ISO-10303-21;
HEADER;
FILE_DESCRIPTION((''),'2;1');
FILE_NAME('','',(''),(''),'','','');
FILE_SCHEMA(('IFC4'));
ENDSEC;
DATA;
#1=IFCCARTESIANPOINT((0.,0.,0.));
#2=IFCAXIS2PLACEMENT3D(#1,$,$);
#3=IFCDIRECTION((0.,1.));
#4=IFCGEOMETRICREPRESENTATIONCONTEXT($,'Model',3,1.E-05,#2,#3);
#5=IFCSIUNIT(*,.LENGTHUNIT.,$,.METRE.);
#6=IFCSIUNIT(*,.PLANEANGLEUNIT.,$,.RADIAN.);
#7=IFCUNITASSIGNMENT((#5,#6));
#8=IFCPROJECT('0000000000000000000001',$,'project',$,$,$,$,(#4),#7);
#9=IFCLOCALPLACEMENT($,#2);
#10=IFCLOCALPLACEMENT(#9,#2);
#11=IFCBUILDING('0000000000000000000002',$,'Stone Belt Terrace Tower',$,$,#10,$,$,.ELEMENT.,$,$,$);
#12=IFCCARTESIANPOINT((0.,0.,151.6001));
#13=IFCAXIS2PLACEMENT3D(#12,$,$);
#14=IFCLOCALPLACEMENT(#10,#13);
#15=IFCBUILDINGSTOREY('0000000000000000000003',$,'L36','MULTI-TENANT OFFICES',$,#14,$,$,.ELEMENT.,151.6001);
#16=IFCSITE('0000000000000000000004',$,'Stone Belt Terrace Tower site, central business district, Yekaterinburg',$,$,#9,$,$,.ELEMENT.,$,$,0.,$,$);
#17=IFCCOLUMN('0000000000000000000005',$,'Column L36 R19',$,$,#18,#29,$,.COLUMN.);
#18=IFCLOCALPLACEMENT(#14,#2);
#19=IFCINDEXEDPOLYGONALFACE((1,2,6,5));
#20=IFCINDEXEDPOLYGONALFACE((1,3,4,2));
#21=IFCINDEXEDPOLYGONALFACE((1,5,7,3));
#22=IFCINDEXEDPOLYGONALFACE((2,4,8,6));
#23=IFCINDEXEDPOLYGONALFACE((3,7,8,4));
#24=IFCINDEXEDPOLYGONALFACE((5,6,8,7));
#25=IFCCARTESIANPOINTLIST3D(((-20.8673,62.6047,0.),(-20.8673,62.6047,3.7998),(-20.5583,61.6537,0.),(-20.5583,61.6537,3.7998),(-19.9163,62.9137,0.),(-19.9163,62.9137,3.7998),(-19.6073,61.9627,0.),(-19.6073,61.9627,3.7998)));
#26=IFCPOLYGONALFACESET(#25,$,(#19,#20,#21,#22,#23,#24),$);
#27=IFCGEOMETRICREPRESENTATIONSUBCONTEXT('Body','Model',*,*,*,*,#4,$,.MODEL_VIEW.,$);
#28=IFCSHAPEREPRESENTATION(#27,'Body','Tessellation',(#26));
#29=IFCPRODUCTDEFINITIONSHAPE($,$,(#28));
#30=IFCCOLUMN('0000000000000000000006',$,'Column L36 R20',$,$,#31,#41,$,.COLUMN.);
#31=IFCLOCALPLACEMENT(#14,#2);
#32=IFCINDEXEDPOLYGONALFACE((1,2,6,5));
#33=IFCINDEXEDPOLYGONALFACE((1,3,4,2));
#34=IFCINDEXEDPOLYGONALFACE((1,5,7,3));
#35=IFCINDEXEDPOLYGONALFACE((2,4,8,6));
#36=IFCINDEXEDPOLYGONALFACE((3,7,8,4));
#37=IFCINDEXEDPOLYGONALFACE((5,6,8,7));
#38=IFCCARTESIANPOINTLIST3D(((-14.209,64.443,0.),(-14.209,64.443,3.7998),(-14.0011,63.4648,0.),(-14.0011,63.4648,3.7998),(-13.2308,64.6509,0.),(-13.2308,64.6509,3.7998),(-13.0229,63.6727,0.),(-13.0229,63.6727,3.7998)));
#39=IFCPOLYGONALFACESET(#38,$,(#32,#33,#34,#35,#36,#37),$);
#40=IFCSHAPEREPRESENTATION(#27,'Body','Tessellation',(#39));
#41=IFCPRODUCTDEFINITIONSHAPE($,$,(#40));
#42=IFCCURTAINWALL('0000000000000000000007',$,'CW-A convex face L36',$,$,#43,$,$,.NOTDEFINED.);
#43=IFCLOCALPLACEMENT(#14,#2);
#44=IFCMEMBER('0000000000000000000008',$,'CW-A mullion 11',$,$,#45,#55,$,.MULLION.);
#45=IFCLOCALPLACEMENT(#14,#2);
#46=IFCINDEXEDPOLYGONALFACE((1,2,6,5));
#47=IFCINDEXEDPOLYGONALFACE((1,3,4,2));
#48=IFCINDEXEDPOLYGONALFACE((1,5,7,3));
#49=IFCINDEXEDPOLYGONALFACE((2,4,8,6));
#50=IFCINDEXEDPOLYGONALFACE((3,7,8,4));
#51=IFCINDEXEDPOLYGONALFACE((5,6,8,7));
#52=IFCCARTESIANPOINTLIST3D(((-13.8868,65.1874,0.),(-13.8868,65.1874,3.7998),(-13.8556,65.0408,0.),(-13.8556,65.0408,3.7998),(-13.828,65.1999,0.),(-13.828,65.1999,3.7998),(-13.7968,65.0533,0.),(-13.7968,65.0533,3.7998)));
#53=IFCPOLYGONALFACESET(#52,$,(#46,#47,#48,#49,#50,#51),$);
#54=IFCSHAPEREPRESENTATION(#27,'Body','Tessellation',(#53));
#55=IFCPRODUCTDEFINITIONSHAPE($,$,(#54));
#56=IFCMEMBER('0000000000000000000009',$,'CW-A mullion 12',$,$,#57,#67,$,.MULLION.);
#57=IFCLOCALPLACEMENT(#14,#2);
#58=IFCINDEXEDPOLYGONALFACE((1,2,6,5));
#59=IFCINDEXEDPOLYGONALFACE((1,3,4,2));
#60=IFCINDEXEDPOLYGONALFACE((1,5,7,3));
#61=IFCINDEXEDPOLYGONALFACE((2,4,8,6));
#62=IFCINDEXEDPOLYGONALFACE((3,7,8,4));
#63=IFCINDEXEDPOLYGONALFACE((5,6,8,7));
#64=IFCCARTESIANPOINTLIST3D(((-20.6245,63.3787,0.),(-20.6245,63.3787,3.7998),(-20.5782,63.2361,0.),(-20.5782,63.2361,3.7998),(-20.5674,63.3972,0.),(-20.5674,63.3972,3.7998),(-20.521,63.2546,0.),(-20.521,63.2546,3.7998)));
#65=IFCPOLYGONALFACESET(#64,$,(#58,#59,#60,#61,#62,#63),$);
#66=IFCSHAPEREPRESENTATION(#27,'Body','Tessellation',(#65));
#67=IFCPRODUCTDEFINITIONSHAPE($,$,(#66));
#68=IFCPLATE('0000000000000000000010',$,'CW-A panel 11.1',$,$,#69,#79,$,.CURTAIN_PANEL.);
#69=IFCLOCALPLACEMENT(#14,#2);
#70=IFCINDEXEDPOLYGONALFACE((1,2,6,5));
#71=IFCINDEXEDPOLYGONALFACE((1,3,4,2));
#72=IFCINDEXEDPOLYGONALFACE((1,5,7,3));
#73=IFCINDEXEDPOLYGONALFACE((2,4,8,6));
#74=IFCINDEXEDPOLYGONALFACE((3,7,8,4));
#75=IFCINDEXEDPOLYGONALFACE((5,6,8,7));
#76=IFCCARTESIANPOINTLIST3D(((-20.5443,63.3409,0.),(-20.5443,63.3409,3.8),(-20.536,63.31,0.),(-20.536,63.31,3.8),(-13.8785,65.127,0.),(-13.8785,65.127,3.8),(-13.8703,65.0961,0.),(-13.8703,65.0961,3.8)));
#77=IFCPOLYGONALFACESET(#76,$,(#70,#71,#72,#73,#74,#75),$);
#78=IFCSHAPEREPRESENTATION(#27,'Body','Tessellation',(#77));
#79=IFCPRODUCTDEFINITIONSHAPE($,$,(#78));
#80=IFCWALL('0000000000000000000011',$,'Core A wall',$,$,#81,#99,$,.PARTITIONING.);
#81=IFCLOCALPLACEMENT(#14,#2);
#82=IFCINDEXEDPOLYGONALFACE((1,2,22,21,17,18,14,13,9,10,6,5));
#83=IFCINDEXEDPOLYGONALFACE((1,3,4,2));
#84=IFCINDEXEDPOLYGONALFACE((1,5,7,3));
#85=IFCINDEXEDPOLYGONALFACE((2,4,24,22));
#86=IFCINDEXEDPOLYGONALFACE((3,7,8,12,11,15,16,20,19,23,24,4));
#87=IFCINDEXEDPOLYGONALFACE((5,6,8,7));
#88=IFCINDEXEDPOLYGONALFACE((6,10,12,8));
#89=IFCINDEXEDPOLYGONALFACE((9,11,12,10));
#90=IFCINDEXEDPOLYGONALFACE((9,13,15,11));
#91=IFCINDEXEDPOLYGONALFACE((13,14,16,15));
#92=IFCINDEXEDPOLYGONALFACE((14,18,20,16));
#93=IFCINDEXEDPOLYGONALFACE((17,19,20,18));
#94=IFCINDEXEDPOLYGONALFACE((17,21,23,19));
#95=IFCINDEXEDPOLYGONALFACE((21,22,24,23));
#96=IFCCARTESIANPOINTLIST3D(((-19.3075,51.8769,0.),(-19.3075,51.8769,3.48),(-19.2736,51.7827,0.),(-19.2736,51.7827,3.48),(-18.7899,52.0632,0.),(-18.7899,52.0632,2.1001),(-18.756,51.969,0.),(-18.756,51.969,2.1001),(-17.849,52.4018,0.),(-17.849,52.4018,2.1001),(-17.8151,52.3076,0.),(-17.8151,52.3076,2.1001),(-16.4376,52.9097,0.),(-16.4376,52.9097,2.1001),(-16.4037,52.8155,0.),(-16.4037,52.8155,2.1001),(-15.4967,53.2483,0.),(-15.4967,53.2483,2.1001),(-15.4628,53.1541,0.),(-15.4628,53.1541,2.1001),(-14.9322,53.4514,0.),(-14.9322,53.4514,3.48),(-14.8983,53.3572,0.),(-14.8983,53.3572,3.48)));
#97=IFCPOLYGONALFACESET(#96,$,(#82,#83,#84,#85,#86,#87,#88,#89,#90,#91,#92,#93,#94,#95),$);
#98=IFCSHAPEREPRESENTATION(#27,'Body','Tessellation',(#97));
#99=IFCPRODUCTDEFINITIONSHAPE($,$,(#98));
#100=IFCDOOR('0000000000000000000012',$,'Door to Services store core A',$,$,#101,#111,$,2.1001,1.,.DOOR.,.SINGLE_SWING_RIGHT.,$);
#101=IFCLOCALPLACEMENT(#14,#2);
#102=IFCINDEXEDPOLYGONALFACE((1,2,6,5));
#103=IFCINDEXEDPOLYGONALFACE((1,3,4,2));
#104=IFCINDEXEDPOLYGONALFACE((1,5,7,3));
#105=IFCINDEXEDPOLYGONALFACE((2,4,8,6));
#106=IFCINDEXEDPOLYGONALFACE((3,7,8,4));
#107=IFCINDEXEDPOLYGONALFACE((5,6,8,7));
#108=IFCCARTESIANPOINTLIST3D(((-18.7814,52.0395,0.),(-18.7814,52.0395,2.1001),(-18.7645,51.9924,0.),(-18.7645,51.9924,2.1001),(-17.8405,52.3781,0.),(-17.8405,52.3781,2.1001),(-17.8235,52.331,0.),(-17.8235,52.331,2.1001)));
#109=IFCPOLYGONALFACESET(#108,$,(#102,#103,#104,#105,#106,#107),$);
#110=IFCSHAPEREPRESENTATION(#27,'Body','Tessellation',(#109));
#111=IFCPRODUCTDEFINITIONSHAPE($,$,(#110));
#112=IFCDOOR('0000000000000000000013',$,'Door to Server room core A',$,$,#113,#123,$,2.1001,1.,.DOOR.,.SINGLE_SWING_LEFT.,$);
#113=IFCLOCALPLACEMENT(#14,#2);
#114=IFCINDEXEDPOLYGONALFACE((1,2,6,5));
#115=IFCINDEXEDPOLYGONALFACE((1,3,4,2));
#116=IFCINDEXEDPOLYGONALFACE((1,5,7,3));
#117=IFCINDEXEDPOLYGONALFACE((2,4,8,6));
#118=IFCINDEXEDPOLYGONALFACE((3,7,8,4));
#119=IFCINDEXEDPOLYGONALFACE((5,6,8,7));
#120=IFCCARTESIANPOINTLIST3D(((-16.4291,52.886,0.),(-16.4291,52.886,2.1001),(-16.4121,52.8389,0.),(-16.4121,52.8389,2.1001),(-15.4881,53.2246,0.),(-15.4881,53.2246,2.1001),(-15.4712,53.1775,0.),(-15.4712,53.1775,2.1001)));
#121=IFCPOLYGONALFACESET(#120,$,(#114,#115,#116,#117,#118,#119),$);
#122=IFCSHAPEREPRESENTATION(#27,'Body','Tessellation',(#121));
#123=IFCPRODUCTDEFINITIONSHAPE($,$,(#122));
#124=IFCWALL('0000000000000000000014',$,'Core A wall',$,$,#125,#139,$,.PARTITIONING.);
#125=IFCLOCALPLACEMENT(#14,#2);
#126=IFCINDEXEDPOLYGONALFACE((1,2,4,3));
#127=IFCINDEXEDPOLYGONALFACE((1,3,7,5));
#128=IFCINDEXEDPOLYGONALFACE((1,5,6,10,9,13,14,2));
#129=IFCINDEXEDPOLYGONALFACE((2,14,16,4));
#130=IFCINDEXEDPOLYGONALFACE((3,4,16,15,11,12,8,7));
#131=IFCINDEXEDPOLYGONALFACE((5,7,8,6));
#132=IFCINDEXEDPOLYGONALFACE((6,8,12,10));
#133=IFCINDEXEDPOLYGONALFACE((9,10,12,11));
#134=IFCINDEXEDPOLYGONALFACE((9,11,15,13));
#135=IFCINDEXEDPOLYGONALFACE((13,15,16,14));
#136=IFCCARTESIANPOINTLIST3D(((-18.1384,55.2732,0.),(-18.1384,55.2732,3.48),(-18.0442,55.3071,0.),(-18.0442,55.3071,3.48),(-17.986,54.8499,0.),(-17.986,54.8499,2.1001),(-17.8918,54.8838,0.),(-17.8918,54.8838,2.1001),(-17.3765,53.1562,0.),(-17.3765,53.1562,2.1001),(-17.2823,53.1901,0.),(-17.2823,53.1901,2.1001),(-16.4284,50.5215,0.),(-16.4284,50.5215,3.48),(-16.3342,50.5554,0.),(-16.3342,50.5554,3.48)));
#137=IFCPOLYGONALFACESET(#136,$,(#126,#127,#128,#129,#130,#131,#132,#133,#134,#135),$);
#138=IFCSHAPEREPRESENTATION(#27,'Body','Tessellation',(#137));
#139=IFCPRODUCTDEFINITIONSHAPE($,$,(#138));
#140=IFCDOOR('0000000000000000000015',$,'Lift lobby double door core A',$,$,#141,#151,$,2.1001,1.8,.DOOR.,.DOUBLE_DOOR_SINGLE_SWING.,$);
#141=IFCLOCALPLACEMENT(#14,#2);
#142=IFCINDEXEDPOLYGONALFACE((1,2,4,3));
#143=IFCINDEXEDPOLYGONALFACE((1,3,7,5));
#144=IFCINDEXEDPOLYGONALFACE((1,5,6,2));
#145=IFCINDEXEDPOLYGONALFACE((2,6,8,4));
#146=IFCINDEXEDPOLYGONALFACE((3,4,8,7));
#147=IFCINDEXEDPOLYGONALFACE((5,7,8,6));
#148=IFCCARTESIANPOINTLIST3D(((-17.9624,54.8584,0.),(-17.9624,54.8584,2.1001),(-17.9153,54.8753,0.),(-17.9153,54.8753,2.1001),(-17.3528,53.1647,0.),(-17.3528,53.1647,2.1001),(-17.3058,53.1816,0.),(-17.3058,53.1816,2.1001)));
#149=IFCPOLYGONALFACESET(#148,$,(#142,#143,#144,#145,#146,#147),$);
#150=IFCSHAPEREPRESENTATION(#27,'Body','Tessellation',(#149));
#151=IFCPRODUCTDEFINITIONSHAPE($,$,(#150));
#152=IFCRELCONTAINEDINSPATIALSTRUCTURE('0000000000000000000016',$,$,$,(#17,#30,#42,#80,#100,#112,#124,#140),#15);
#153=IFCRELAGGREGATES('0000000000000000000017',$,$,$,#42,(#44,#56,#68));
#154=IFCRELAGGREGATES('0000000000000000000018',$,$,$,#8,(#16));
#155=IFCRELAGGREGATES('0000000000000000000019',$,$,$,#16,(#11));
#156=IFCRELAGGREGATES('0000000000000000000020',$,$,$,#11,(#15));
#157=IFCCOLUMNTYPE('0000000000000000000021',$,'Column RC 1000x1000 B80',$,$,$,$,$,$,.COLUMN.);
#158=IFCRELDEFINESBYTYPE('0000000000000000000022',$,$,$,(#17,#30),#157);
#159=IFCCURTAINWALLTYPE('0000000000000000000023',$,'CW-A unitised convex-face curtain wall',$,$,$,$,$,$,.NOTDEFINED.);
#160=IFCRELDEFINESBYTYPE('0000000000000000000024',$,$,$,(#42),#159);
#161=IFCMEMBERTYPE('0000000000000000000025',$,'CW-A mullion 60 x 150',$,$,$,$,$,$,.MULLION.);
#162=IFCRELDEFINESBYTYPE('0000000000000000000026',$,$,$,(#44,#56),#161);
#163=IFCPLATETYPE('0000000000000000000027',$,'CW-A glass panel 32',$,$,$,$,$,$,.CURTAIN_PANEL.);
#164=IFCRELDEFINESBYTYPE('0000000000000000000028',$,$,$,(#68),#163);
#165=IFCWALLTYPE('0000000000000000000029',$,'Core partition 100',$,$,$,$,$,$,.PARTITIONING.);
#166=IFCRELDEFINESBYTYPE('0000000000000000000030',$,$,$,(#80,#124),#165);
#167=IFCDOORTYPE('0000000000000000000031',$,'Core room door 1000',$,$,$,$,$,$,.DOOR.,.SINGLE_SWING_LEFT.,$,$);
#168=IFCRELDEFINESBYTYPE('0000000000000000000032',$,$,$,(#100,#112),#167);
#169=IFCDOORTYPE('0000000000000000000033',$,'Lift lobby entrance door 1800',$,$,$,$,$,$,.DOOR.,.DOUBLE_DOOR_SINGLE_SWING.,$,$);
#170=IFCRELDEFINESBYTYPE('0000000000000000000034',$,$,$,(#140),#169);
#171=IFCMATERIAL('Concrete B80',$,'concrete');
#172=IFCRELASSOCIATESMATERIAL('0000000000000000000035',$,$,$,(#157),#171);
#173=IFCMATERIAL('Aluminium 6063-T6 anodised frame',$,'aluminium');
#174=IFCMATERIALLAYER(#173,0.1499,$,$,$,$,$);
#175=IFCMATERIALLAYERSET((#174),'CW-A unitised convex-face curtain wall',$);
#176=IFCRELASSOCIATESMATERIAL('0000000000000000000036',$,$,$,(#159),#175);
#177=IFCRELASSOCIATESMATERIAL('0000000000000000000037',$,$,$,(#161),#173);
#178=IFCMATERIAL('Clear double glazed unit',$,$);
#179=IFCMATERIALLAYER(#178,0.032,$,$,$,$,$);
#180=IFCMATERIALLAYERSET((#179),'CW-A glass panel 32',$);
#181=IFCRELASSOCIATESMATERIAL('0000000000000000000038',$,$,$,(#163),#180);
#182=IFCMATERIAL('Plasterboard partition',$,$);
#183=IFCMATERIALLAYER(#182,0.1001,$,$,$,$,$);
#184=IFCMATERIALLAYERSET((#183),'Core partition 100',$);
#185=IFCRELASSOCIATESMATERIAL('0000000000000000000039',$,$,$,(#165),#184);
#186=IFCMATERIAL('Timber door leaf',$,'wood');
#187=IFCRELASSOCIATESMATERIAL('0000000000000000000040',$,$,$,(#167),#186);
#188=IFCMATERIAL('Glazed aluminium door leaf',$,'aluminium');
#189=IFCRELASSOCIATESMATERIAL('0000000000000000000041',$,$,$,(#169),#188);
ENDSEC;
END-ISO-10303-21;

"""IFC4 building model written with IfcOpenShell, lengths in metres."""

from ifc_helpers import new_model, si_unit, direction, frame, frame_2d, origin, origin_2d, place, context, subcontext, project, spatial, rectangle, extrude, material, layer, layer_set, material_profile, profile_set, type_object, element, fill, aggregate, save


model = new_model("IFC4")

# Units and contexts
model_context = context("Model", 3, precision=1e-05, world=origin(), true_north=direction((0.0, 1.0)))
body_context = subcontext(model_context, "Body", "Model", "MODEL_VIEW")
ifc_project = project(units=[si_unit("LENGTHUNIT", "METRE"), si_unit("PLANEANGLEUNIT", "RADIAN")], contexts=[model_context])

# Site, building, storey
site_placement = place(None, origin())
site = spatial("IfcSite", under=ifc_project, at=site_placement, Name="Stone Belt Terrace Tower site, central business district, Yekaterinburg", CompositionType="ELEMENT", RefElevation=0.0)
building_placement = place(site_placement, origin())
building = spatial("IfcBuilding", under=site, at=building_placement, Name="Stone Belt Terrace Tower", CompositionType="ELEMENT")
storey_placement = place(building_placement, frame((0.0, 0.0, 151.6001)))
storey = spatial("IfcBuildingStorey", under=building, at=storey_placement, Name="L36", Description="MULTI-TENANT OFFICES", CompositionType="ELEMENT", Elevation=151.6001)

# Columns
ifc_material_1 = material(Name="Concrete B80", Category="concrete")
ifc_material_profile_1 = material_profile(ifc_material_1, rectangle(XDim=1.0, YDim=1.0, at=origin_2d()), Name="RC 1000x1000")
ifc_profile_set_1 = profile_set([ifc_material_profile_1], Name="Concrete B80")
column_type = type_object("IfcColumnType", Name="Column RC 1000x1000 B80", PredefinedType="COLUMN", material=ifc_profile_set_1)
for number, where, z_axis, x_axis, name in (
    (1, (-20.2373, 62.2837, 0.0), (0.0, 0.0, 1.0), (0.951057, 0.309017, 0.0), "Column L36 R19"),
    (2, (-13.616, 64.0579, 0.0), (0.0, 0.0, 1.0), (0.978148, 0.207912, 0.0), "Column L36 R20"),
):
    element("IfcColumn", number, at=place(storey_placement, frame(where, z_axis=z_axis, x_axis=x_axis)), inside=storey, type_object=column_type, Name=name, PredefinedType="COLUMN", context=body_context, shape_type="SweptSolid", body=[
        extrude(rectangle(XDim=1.0, YDim=1.0, at=origin_2d()), origin(), (0.0, 0.0, 1.0), 3.7998),
    ])

# Curtain wall, members, plate
ifc_material_2 = material(Name="Aluminium 6063-T6 anodised frame", Category="aluminium")
ifc_layer_1 = layer(ifc_material_2, 0.1499)
ifc_layer_set_1 = layer_set([ifc_layer_1], Name="CW-A unitised convex-face curtain wall")
curtain_wall_type = type_object("IfcCurtainWallType", Name="CW-A unitised convex-face curtain wall", PredefinedType="NOTDEFINED", material=ifc_layer_set_1)
curtain_wall_placement = place(storey_placement, origin())
curtain_wall = element("IfcCurtainWall", 3, at=curtain_wall_placement, inside=storey, type_object=curtain_wall_type, Name="CW-A convex face L36", PredefinedType="NOTDEFINED")
ifc_material_profile_2 = material_profile(ifc_material_2, rectangle(XDim=0.1499, YDim=0.0601, at=origin_2d()), Name="Aluminium 6063-T6 60x150")
ifc_profile_set_2 = profile_set([ifc_material_profile_2], Name="Aluminium 6063-T6 anodised frame")
member_type = type_object("IfcMemberType", Name="CW-A mullion 60 x 150", PredefinedType="MULLION", material=ifc_profile_set_2)
member_1_placement = place(storey_placement, frame((-13.8418, 65.1204, 0.0), z_axis=(0.0, 0.0, 1.0), x_axis=(0.207912, -0.978148, 0.0)))
member_1 = element("IfcMember", 4, at=member_1_placement, type_object=member_type, Name="CW-A mullion 11", PredefinedType="MULLION", context=body_context, shape_type="SweptSolid", body=[
    extrude(rectangle(XDim=0.1499, YDim=0.0601, at=origin_2d()), origin(), (0.0, 0.0, 1.0), 3.7998),
])
member_2_placement = place(storey_placement, frame((-20.5728, 63.3167, 0.0), z_axis=(0.0, 0.0, 1.0), x_axis=(0.309017, -0.951057, 0.0)))
member_2 = element("IfcMember", 5, at=member_2_placement, type_object=member_type, Name="CW-A mullion 12", PredefinedType="MULLION", context=body_context, shape_type="SweptSolid", body=[
    extrude(rectangle(XDim=0.1499, YDim=0.0601, at=origin_2d()), origin(), (0.0, 0.0, 1.0), 3.7998),
])
ifc_material_3 = material(Name="Clear double glazed unit")
ifc_layer_2 = layer(ifc_material_3, 0.032)
ifc_layer_set_2 = layer_set([ifc_layer_2], Name="CW-A glass panel 32")
plate_type = type_object("IfcPlateType", Name="CW-A glass panel 32", PredefinedType="CURTAIN_PANEL", material=ifc_layer_set_2)
plate_placement = place(storey_placement, frame((-17.2073, 64.2185, 0.0), z_axis=(0.0, 0.0, 1.0), x_axis=(-0.965926, -0.258819, 0.0)))
plate = element("IfcPlate", 6, at=plate_placement, type_object=plate_type, Name="CW-A panel 11.1", PredefinedType="CURTAIN_PANEL", context=body_context, shape_type="SweptSolid", body=[
    extrude(rectangle(XDim=6.9009, YDim=0.032, at=origin_2d()), origin(), (0.0, 0.0, 1.0), 3.8),
])
aggregate(curtain_wall, [member_1, member_2, plate])

# Wall, openings, doors
ifc_material_4 = material(Name="Plasterboard partition")
ifc_layer_3 = layer(ifc_material_4, 0.1001)
ifc_layer_set_3 = layer_set([ifc_layer_3], Name="Core partition 100")
wall_type_1 = type_object("IfcWallType", Name="Core partition 100", PredefinedType="PARTITIONING", material=ifc_layer_set_3)
wall_1_placement = place(storey_placement, frame((-19.2905, 51.8298, 0.0), z_axis=(0.0, 0.0, 1.0), x_axis=(0.94093, 0.3386, 0.0)))
wall_1 = element("IfcWall", 7, at=wall_1_placement, inside=storey, type_object=wall_type_1, Name="Core A wall", PredefinedType="PARTITIONING", context=body_context, shape_type="SweptSolid", body=[
    extrude(rectangle(XDim=4.6499, YDim=0.1001, at=frame_2d((2.325, 0.0))), origin(), (0.0, 0.0, 1.0), 3.48),
])
opening_1_placement = place(wall_1_placement, frame((0.55, 0.0, 0.0)))
opening_1 = element("IfcOpeningElement", 8, at=opening_1_placement, cuts=wall_1, PredefinedType="OPENING", context=body_context, shape_type="SweptSolid", body=[
    extrude(rectangle(XDim=1.0, YDim=2.1001, at=frame_2d((0.5, 1.05))), frame((0.0, 0.0601, 0.0), z_axis=(0.0, -1.0, 0.0), x_axis=(1.0, 0.0, 0.0)), (0.0, 0.0, 1.0), 0.1201),
])
opening_2_placement = place(wall_1_placement, frame((3.05, 0.0, 0.0)))
opening_2 = element("IfcOpeningElement", 9, at=opening_2_placement, cuts=wall_1, PredefinedType="OPENING", context=body_context, shape_type="SweptSolid", body=[
    extrude(rectangle(XDim=1.0, YDim=2.1001, at=frame_2d((0.5, 1.05))), frame((0.0, 0.0601, 0.0), z_axis=(0.0, -1.0, 0.0), x_axis=(1.0, 0.0, 0.0)), (0.0, 0.0, 1.0), 0.1201),
])
ifc_material_5 = material(Name="Timber door leaf", Category="wood")
door_type_1 = type_object("IfcDoorType", Name="Core room door 1000", OperationType="SINGLE_SWING_LEFT", PredefinedType="DOOR", material=ifc_material_5)
door_1_placement = place(opening_1_placement, origin())
door_1 = element("IfcDoor", 10, at=door_1_placement, inside=storey, type_object=door_type_1, Name="Door to Services store core A", OperationType="SINGLE_SWING_RIGHT", OverallHeight=2.1001, OverallWidth=1.0, PredefinedType="DOOR", context=body_context, shape_type="SweptSolid", body=[
    extrude(rectangle(XDim=1.0, YDim=2.1001, at=frame_2d((0.5, 1.05))), frame((0.0, 0.0249, 0.0), z_axis=(0.0, -1.0, 0.0), x_axis=(1.0, 0.0, 0.0)), (0.0, 0.0, 1.0), 0.05),
])
fill(opening_1, door_1)
door_2_placement = place(opening_2_placement, origin())
door_2 = element("IfcDoor", 11, at=door_2_placement, inside=storey, type_object=door_type_1, Name="Door to Server room core A", OperationType="SINGLE_SWING_LEFT", OverallHeight=2.1001, OverallWidth=1.0, PredefinedType="DOOR", context=body_context, shape_type="SweptSolid", body=[
    extrude(rectangle(XDim=1.0, YDim=2.1001, at=frame_2d((0.5, 1.05))), frame((0.0, 0.0249, 0.0), z_axis=(0.0, -1.0, 0.0), x_axis=(1.0, 0.0, 0.0)), (0.0, 0.0, 1.0), 0.05),
])
fill(opening_2, door_2)

# Wall, opening, door
wall_2_placement = place(storey_placement, frame((-16.3813, 50.5386, 0.0), z_axis=(0.0, 0.0, 1.0), x_axis=(-0.338605, 0.940929, 0.0)))
wall_2 = element("IfcWall", 12, at=wall_2_placement, inside=storey, type_object=wall_type_1, Name="Core A wall", PredefinedType="PARTITIONING", context=body_context, shape_type="SweptSolid", body=[
    extrude(rectangle(XDim=5.05, YDim=0.1001, at=frame_2d((2.5249, 0.0))), origin(), (0.0, 0.0, 1.0), 3.48),
])
opening_3_placement = place(wall_2_placement, frame((2.8, 0.0, 0.0)))
opening_3 = element("IfcOpeningElement", 13, at=opening_3_placement, cuts=wall_2, PredefinedType="OPENING", context=body_context, shape_type="SweptSolid", body=[
    extrude(rectangle(XDim=1.8, YDim=2.1001, at=frame_2d((0.8999, 1.05))), frame((0.0, 0.0601, 0.0), z_axis=(0.0, -1.0, 0.0), x_axis=(1.0, 0.0, 0.0)), (0.0, 0.0, 1.0), 0.1201),
])
ifc_material_6 = material(Name="Glazed aluminium door leaf", Category="aluminium")
door_type_2 = type_object("IfcDoorType", Name="Lift lobby entrance door 1800", OperationType="DOUBLE_DOOR_SINGLE_SWING", PredefinedType="DOOR", material=ifc_material_6)
door_3_placement = place(opening_3_placement, origin())
door_3 = element("IfcDoor", 14, at=door_3_placement, inside=storey, type_object=door_type_2, Name="Lift lobby double door core A", OperationType="DOUBLE_DOOR_SINGLE_SWING", OverallHeight=2.1001, OverallWidth=1.8, PredefinedType="DOOR", context=body_context, shape_type="SweptSolid", body=[
    extrude(rectangle(XDim=1.8, YDim=2.1001, at=frame_2d((0.8999, 1.05))), frame((0.0, 0.0249, 0.0), z_axis=(0.0, -1.0, 0.0), x_axis=(1.0, 0.0, 0.0)), (0.0, 0.0, 1.0), 0.05),
])
fill(opening_3, door_3)

save(model, "model.ifc")
